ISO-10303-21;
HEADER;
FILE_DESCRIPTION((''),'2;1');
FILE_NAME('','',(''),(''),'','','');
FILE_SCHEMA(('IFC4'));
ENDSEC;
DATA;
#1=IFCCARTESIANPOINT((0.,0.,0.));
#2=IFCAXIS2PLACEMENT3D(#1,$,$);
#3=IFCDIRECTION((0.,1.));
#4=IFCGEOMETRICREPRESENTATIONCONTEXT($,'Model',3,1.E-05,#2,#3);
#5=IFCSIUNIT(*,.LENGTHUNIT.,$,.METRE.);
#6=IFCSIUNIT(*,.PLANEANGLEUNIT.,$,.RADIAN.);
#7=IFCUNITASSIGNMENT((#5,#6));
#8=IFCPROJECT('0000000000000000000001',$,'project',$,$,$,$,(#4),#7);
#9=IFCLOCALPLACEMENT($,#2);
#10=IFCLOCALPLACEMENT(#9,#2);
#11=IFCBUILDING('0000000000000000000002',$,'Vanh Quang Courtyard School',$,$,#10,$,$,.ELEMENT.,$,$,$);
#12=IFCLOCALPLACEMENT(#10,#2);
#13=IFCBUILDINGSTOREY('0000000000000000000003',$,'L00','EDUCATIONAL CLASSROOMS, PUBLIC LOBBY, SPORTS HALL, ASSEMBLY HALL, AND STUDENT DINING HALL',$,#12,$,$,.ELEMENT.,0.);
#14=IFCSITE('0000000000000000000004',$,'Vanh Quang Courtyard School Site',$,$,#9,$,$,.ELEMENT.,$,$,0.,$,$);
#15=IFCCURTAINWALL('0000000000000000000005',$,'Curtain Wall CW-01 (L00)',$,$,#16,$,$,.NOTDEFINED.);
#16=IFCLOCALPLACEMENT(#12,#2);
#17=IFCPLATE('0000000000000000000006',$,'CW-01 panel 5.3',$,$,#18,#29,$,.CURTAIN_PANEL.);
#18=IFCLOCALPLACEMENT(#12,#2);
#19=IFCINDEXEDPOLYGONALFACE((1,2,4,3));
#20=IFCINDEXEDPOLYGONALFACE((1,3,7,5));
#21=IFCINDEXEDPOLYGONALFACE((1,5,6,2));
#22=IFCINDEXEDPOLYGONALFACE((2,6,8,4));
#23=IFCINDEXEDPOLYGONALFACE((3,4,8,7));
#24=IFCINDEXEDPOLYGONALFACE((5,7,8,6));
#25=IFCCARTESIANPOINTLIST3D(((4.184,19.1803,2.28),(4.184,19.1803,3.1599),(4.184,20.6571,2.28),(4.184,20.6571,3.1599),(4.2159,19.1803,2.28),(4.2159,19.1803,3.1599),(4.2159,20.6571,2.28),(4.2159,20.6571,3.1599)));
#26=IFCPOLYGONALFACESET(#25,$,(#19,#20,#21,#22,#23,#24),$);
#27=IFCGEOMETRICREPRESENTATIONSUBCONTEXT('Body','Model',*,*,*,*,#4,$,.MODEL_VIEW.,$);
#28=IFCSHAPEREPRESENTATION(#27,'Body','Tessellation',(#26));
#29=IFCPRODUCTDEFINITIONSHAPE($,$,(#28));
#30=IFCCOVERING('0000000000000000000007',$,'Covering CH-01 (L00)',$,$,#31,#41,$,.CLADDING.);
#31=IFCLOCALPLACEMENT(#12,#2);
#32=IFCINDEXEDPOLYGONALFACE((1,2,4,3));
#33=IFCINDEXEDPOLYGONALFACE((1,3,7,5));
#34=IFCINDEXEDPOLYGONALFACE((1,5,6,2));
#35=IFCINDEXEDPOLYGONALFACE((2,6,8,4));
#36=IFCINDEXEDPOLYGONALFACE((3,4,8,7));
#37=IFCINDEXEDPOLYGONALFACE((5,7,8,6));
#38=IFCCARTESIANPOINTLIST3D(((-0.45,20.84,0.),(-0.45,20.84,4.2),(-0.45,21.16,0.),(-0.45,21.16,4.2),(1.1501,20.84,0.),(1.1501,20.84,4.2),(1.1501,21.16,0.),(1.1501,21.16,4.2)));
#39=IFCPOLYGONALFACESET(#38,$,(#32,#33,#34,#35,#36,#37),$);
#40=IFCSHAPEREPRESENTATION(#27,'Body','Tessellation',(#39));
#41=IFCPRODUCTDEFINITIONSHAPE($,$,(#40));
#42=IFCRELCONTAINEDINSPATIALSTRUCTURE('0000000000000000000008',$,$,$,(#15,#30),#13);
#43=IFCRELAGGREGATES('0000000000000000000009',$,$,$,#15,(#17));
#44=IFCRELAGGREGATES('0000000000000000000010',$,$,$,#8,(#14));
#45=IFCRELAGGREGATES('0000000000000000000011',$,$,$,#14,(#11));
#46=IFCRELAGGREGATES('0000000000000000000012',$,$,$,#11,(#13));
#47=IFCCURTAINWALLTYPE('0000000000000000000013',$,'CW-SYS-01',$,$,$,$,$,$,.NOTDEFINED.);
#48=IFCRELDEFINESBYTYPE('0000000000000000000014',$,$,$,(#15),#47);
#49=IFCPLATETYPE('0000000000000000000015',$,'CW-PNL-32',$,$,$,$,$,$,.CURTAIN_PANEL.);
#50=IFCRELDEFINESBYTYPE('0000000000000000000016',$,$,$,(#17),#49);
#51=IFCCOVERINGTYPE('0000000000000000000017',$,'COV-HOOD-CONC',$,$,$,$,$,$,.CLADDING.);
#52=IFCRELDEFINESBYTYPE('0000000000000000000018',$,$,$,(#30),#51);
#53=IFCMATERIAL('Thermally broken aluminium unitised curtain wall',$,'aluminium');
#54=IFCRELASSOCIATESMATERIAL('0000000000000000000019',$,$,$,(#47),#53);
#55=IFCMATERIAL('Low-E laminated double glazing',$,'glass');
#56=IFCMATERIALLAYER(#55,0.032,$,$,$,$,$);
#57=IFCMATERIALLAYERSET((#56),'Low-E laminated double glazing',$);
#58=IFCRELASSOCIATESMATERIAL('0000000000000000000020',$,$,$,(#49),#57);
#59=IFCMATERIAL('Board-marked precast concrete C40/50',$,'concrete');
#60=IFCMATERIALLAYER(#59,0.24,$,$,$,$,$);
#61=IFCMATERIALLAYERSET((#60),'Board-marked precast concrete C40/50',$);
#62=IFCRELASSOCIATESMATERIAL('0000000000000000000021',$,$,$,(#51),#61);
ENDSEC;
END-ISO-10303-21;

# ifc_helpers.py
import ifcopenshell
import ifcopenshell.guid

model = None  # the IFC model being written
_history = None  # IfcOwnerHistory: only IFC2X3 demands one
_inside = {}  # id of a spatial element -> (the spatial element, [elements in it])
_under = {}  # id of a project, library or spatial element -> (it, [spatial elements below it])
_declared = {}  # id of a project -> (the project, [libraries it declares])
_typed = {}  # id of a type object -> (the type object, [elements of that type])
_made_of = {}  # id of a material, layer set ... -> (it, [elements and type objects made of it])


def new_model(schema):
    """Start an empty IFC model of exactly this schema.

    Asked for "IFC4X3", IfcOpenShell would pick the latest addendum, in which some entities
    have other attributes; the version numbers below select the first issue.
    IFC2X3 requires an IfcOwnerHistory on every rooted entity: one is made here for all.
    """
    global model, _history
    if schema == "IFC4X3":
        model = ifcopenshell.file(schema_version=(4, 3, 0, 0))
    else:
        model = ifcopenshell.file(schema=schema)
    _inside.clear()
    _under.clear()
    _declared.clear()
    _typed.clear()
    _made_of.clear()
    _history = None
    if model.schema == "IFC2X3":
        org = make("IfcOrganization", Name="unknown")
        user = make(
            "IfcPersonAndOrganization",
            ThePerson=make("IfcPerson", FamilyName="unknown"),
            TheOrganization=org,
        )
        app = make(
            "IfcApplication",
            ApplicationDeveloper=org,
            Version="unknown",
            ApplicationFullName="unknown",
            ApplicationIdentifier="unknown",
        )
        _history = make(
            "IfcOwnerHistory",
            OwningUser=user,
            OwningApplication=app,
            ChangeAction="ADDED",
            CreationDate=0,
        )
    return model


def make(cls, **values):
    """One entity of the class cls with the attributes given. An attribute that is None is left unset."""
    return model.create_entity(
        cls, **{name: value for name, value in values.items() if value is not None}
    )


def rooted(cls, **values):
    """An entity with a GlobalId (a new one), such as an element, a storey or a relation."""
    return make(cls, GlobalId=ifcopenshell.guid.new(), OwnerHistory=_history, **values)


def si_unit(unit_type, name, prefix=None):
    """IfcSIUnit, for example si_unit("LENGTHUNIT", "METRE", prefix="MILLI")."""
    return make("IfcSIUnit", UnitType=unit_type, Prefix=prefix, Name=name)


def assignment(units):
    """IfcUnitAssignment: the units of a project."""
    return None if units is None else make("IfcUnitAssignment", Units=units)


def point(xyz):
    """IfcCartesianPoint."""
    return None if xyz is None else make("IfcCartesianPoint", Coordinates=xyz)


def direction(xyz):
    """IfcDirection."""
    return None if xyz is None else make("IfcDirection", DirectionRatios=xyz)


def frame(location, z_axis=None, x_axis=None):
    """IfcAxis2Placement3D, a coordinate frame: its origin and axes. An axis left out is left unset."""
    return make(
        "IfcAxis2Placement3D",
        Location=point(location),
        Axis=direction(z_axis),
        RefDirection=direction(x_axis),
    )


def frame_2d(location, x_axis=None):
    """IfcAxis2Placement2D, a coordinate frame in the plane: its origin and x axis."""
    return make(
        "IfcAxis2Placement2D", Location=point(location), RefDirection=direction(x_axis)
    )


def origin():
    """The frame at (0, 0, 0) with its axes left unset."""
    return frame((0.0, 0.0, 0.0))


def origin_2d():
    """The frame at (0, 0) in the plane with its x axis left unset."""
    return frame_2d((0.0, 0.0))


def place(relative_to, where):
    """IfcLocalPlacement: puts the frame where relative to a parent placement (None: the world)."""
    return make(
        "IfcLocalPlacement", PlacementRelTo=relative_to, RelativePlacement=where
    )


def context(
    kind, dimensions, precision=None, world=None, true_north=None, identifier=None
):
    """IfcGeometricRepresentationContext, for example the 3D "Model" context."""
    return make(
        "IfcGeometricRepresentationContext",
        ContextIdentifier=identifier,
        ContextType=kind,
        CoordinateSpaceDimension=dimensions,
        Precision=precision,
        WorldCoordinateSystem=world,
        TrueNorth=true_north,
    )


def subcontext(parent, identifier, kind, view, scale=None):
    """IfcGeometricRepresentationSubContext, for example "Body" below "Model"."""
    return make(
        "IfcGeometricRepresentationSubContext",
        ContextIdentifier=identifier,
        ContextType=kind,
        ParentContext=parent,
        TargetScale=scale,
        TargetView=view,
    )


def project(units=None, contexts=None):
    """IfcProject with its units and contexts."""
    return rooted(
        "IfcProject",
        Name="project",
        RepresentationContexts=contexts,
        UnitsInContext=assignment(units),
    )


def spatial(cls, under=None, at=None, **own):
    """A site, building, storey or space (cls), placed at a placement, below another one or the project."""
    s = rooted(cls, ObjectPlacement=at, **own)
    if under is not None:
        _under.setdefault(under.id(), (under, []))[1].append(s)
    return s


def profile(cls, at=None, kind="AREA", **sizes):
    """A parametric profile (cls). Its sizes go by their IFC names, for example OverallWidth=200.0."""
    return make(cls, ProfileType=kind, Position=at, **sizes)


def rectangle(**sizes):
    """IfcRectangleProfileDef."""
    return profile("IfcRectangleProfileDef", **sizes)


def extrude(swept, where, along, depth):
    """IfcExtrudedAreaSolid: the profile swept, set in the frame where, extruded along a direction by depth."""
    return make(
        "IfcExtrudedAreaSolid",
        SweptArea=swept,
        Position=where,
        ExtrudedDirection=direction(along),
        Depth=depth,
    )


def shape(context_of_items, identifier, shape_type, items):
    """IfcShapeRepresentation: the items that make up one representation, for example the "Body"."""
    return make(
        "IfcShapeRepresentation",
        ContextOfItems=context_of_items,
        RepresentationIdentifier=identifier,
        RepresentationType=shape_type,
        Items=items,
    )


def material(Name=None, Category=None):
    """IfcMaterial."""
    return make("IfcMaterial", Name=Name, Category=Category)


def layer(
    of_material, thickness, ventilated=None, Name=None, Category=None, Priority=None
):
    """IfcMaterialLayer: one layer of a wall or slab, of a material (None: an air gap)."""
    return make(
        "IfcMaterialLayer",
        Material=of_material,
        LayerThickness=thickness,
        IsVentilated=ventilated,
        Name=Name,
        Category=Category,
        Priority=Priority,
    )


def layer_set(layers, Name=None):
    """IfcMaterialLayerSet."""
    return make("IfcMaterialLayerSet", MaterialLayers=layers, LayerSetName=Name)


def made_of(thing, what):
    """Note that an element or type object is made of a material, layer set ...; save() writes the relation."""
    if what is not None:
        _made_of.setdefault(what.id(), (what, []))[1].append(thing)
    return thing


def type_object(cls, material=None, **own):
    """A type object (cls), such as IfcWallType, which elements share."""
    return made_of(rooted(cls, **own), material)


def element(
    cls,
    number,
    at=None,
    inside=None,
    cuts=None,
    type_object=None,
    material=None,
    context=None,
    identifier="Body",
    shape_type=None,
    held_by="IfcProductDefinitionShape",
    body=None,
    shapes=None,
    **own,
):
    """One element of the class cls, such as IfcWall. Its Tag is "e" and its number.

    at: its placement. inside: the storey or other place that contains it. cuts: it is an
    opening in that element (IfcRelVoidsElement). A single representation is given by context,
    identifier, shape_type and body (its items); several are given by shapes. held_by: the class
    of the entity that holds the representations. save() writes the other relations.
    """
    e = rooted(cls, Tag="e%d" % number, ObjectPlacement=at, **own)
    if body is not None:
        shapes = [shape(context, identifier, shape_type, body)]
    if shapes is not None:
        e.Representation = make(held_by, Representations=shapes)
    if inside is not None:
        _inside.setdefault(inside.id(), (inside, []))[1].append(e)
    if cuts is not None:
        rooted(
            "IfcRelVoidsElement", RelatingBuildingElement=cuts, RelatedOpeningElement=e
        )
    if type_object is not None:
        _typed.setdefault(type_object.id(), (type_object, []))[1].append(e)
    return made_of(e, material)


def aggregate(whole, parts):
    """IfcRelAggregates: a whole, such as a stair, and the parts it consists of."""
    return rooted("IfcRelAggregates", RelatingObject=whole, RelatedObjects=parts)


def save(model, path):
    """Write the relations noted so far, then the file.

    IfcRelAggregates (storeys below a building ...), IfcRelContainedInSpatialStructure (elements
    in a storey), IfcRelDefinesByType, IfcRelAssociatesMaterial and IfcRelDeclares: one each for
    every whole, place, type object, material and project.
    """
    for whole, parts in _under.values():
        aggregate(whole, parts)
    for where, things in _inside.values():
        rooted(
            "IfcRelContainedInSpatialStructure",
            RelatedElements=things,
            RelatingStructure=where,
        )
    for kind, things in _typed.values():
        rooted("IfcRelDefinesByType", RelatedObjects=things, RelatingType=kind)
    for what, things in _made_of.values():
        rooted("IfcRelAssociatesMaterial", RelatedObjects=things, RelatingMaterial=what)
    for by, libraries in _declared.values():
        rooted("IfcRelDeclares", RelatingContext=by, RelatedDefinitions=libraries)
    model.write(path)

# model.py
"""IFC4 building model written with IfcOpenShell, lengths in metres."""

from ifc_helpers import new_model, si_unit, direction, frame, origin, origin_2d, place, context, subcontext, project, spatial, rectangle, extrude, material, layer, layer_set, type_object, element, aggregate, save


model = new_model("IFC4")

# Units and contexts
model_context = context("Model", 3, precision=1e-05, world=origin(), true_north=direction((0.0, 1.0)))
body_context = subcontext(model_context, "Body", "Model", "MODEL_VIEW")
ifc_project = project(units=[si_unit("LENGTHUNIT", "METRE"), si_unit("PLANEANGLEUNIT", "RADIAN")], contexts=[model_context])

# Site, building, storey
site_placement = place(None, origin())
site = spatial("IfcSite", under=ifc_project, at=site_placement, Name="Vanh Quang Courtyard School Site", CompositionType="ELEMENT", RefElevation=0.0)
building_placement = place(site_placement, origin())
building = spatial("IfcBuilding", under=site, at=building_placement, Name="Vanh Quang Courtyard School", CompositionType="ELEMENT")
storey_placement = place(building_placement, origin())
storey = spatial("IfcBuildingStorey", under=building, at=storey_placement, Name="L00", Description="EDUCATIONAL CLASSROOMS, PUBLIC LOBBY, SPORTS HALL, ASSEMBLY HALL, AND STUDENT DINING HALL", CompositionType="ELEMENT", Elevation=0.0)

# Curtain wall, plate
ifc_material_1 = material(Name="Thermally broken aluminium unitised curtain wall", Category="aluminium")
curtain_wall_type = type_object("IfcCurtainWallType", Name="CW-SYS-01", PredefinedType="NOTDEFINED", material=ifc_material_1)
curtain_wall_placement = place(storey_placement, origin())
curtain_wall = element("IfcCurtainWall", 1, at=curtain_wall_placement, inside=storey, type_object=curtain_wall_type, Name="Curtain Wall CW-01 (L00)", PredefinedType="NOTDEFINED")
ifc_material_2 = material(Name="Low-E laminated double glazing", Category="glass")
ifc_layer_1 = layer(ifc_material_2, 0.032)
ifc_layer_set_1 = layer_set([ifc_layer_1], Name="Low-E laminated double glazing")
plate_type = type_object("IfcPlateType", Name="CW-PNL-32", PredefinedType="CURTAIN_PANEL", material=ifc_layer_set_1)
plate_1_placement = place(storey_placement, frame((4.2, 19.9187, 2.28), z_axis=(0.0, 0.0, 1.0), x_axis=(0.0, 1.0, 0.0)))
plate_1 = element("IfcPlate", 2, at=plate_1_placement, type_object=plate_type, Name="CW-01 panel 5.3", PredefinedType="CURTAIN_PANEL", context=body_context, shape_type="SweptSolid", body=[
    extrude(rectangle(XDim=1.4768, YDim=0.032, at=origin_2d()), origin(), (0.0, 0.0, 1.0), 0.8799),
])
aggregate(curtain_wall, [plate_1])

# Covering
ifc_material_3 = material(Name="Board-marked precast concrete C40/50", Category="concrete")
ifc_layer_2 = layer(ifc_material_3, 0.24)
ifc_layer_set_2 = layer_set([ifc_layer_2], Name="Board-marked precast concrete C40/50")
covering_type = type_object("IfcCoveringType", Name="COV-HOOD-CONC", PredefinedType="CLADDING", material=ifc_layer_set_2)
covering_placement = place(storey_placement, frame((0.3501, 21.0, 0.0), z_axis=(0.0, 0.0, 1.0), x_axis=(1.0, 0.0, 0.0)))
element("IfcCovering", 3, at=covering_placement, inside=storey, type_object=covering_type, Name="Covering CH-01 (L00)", PredefinedType="CLADDING", context=body_context, shape_type="SweptSolid", body=[
    extrude(rectangle(XDim=1.6001, YDim=0.3201, at=origin_2d()), origin(), (0.0, 0.0, 1.0), 4.2),
])

save(model, "model.ifc")
